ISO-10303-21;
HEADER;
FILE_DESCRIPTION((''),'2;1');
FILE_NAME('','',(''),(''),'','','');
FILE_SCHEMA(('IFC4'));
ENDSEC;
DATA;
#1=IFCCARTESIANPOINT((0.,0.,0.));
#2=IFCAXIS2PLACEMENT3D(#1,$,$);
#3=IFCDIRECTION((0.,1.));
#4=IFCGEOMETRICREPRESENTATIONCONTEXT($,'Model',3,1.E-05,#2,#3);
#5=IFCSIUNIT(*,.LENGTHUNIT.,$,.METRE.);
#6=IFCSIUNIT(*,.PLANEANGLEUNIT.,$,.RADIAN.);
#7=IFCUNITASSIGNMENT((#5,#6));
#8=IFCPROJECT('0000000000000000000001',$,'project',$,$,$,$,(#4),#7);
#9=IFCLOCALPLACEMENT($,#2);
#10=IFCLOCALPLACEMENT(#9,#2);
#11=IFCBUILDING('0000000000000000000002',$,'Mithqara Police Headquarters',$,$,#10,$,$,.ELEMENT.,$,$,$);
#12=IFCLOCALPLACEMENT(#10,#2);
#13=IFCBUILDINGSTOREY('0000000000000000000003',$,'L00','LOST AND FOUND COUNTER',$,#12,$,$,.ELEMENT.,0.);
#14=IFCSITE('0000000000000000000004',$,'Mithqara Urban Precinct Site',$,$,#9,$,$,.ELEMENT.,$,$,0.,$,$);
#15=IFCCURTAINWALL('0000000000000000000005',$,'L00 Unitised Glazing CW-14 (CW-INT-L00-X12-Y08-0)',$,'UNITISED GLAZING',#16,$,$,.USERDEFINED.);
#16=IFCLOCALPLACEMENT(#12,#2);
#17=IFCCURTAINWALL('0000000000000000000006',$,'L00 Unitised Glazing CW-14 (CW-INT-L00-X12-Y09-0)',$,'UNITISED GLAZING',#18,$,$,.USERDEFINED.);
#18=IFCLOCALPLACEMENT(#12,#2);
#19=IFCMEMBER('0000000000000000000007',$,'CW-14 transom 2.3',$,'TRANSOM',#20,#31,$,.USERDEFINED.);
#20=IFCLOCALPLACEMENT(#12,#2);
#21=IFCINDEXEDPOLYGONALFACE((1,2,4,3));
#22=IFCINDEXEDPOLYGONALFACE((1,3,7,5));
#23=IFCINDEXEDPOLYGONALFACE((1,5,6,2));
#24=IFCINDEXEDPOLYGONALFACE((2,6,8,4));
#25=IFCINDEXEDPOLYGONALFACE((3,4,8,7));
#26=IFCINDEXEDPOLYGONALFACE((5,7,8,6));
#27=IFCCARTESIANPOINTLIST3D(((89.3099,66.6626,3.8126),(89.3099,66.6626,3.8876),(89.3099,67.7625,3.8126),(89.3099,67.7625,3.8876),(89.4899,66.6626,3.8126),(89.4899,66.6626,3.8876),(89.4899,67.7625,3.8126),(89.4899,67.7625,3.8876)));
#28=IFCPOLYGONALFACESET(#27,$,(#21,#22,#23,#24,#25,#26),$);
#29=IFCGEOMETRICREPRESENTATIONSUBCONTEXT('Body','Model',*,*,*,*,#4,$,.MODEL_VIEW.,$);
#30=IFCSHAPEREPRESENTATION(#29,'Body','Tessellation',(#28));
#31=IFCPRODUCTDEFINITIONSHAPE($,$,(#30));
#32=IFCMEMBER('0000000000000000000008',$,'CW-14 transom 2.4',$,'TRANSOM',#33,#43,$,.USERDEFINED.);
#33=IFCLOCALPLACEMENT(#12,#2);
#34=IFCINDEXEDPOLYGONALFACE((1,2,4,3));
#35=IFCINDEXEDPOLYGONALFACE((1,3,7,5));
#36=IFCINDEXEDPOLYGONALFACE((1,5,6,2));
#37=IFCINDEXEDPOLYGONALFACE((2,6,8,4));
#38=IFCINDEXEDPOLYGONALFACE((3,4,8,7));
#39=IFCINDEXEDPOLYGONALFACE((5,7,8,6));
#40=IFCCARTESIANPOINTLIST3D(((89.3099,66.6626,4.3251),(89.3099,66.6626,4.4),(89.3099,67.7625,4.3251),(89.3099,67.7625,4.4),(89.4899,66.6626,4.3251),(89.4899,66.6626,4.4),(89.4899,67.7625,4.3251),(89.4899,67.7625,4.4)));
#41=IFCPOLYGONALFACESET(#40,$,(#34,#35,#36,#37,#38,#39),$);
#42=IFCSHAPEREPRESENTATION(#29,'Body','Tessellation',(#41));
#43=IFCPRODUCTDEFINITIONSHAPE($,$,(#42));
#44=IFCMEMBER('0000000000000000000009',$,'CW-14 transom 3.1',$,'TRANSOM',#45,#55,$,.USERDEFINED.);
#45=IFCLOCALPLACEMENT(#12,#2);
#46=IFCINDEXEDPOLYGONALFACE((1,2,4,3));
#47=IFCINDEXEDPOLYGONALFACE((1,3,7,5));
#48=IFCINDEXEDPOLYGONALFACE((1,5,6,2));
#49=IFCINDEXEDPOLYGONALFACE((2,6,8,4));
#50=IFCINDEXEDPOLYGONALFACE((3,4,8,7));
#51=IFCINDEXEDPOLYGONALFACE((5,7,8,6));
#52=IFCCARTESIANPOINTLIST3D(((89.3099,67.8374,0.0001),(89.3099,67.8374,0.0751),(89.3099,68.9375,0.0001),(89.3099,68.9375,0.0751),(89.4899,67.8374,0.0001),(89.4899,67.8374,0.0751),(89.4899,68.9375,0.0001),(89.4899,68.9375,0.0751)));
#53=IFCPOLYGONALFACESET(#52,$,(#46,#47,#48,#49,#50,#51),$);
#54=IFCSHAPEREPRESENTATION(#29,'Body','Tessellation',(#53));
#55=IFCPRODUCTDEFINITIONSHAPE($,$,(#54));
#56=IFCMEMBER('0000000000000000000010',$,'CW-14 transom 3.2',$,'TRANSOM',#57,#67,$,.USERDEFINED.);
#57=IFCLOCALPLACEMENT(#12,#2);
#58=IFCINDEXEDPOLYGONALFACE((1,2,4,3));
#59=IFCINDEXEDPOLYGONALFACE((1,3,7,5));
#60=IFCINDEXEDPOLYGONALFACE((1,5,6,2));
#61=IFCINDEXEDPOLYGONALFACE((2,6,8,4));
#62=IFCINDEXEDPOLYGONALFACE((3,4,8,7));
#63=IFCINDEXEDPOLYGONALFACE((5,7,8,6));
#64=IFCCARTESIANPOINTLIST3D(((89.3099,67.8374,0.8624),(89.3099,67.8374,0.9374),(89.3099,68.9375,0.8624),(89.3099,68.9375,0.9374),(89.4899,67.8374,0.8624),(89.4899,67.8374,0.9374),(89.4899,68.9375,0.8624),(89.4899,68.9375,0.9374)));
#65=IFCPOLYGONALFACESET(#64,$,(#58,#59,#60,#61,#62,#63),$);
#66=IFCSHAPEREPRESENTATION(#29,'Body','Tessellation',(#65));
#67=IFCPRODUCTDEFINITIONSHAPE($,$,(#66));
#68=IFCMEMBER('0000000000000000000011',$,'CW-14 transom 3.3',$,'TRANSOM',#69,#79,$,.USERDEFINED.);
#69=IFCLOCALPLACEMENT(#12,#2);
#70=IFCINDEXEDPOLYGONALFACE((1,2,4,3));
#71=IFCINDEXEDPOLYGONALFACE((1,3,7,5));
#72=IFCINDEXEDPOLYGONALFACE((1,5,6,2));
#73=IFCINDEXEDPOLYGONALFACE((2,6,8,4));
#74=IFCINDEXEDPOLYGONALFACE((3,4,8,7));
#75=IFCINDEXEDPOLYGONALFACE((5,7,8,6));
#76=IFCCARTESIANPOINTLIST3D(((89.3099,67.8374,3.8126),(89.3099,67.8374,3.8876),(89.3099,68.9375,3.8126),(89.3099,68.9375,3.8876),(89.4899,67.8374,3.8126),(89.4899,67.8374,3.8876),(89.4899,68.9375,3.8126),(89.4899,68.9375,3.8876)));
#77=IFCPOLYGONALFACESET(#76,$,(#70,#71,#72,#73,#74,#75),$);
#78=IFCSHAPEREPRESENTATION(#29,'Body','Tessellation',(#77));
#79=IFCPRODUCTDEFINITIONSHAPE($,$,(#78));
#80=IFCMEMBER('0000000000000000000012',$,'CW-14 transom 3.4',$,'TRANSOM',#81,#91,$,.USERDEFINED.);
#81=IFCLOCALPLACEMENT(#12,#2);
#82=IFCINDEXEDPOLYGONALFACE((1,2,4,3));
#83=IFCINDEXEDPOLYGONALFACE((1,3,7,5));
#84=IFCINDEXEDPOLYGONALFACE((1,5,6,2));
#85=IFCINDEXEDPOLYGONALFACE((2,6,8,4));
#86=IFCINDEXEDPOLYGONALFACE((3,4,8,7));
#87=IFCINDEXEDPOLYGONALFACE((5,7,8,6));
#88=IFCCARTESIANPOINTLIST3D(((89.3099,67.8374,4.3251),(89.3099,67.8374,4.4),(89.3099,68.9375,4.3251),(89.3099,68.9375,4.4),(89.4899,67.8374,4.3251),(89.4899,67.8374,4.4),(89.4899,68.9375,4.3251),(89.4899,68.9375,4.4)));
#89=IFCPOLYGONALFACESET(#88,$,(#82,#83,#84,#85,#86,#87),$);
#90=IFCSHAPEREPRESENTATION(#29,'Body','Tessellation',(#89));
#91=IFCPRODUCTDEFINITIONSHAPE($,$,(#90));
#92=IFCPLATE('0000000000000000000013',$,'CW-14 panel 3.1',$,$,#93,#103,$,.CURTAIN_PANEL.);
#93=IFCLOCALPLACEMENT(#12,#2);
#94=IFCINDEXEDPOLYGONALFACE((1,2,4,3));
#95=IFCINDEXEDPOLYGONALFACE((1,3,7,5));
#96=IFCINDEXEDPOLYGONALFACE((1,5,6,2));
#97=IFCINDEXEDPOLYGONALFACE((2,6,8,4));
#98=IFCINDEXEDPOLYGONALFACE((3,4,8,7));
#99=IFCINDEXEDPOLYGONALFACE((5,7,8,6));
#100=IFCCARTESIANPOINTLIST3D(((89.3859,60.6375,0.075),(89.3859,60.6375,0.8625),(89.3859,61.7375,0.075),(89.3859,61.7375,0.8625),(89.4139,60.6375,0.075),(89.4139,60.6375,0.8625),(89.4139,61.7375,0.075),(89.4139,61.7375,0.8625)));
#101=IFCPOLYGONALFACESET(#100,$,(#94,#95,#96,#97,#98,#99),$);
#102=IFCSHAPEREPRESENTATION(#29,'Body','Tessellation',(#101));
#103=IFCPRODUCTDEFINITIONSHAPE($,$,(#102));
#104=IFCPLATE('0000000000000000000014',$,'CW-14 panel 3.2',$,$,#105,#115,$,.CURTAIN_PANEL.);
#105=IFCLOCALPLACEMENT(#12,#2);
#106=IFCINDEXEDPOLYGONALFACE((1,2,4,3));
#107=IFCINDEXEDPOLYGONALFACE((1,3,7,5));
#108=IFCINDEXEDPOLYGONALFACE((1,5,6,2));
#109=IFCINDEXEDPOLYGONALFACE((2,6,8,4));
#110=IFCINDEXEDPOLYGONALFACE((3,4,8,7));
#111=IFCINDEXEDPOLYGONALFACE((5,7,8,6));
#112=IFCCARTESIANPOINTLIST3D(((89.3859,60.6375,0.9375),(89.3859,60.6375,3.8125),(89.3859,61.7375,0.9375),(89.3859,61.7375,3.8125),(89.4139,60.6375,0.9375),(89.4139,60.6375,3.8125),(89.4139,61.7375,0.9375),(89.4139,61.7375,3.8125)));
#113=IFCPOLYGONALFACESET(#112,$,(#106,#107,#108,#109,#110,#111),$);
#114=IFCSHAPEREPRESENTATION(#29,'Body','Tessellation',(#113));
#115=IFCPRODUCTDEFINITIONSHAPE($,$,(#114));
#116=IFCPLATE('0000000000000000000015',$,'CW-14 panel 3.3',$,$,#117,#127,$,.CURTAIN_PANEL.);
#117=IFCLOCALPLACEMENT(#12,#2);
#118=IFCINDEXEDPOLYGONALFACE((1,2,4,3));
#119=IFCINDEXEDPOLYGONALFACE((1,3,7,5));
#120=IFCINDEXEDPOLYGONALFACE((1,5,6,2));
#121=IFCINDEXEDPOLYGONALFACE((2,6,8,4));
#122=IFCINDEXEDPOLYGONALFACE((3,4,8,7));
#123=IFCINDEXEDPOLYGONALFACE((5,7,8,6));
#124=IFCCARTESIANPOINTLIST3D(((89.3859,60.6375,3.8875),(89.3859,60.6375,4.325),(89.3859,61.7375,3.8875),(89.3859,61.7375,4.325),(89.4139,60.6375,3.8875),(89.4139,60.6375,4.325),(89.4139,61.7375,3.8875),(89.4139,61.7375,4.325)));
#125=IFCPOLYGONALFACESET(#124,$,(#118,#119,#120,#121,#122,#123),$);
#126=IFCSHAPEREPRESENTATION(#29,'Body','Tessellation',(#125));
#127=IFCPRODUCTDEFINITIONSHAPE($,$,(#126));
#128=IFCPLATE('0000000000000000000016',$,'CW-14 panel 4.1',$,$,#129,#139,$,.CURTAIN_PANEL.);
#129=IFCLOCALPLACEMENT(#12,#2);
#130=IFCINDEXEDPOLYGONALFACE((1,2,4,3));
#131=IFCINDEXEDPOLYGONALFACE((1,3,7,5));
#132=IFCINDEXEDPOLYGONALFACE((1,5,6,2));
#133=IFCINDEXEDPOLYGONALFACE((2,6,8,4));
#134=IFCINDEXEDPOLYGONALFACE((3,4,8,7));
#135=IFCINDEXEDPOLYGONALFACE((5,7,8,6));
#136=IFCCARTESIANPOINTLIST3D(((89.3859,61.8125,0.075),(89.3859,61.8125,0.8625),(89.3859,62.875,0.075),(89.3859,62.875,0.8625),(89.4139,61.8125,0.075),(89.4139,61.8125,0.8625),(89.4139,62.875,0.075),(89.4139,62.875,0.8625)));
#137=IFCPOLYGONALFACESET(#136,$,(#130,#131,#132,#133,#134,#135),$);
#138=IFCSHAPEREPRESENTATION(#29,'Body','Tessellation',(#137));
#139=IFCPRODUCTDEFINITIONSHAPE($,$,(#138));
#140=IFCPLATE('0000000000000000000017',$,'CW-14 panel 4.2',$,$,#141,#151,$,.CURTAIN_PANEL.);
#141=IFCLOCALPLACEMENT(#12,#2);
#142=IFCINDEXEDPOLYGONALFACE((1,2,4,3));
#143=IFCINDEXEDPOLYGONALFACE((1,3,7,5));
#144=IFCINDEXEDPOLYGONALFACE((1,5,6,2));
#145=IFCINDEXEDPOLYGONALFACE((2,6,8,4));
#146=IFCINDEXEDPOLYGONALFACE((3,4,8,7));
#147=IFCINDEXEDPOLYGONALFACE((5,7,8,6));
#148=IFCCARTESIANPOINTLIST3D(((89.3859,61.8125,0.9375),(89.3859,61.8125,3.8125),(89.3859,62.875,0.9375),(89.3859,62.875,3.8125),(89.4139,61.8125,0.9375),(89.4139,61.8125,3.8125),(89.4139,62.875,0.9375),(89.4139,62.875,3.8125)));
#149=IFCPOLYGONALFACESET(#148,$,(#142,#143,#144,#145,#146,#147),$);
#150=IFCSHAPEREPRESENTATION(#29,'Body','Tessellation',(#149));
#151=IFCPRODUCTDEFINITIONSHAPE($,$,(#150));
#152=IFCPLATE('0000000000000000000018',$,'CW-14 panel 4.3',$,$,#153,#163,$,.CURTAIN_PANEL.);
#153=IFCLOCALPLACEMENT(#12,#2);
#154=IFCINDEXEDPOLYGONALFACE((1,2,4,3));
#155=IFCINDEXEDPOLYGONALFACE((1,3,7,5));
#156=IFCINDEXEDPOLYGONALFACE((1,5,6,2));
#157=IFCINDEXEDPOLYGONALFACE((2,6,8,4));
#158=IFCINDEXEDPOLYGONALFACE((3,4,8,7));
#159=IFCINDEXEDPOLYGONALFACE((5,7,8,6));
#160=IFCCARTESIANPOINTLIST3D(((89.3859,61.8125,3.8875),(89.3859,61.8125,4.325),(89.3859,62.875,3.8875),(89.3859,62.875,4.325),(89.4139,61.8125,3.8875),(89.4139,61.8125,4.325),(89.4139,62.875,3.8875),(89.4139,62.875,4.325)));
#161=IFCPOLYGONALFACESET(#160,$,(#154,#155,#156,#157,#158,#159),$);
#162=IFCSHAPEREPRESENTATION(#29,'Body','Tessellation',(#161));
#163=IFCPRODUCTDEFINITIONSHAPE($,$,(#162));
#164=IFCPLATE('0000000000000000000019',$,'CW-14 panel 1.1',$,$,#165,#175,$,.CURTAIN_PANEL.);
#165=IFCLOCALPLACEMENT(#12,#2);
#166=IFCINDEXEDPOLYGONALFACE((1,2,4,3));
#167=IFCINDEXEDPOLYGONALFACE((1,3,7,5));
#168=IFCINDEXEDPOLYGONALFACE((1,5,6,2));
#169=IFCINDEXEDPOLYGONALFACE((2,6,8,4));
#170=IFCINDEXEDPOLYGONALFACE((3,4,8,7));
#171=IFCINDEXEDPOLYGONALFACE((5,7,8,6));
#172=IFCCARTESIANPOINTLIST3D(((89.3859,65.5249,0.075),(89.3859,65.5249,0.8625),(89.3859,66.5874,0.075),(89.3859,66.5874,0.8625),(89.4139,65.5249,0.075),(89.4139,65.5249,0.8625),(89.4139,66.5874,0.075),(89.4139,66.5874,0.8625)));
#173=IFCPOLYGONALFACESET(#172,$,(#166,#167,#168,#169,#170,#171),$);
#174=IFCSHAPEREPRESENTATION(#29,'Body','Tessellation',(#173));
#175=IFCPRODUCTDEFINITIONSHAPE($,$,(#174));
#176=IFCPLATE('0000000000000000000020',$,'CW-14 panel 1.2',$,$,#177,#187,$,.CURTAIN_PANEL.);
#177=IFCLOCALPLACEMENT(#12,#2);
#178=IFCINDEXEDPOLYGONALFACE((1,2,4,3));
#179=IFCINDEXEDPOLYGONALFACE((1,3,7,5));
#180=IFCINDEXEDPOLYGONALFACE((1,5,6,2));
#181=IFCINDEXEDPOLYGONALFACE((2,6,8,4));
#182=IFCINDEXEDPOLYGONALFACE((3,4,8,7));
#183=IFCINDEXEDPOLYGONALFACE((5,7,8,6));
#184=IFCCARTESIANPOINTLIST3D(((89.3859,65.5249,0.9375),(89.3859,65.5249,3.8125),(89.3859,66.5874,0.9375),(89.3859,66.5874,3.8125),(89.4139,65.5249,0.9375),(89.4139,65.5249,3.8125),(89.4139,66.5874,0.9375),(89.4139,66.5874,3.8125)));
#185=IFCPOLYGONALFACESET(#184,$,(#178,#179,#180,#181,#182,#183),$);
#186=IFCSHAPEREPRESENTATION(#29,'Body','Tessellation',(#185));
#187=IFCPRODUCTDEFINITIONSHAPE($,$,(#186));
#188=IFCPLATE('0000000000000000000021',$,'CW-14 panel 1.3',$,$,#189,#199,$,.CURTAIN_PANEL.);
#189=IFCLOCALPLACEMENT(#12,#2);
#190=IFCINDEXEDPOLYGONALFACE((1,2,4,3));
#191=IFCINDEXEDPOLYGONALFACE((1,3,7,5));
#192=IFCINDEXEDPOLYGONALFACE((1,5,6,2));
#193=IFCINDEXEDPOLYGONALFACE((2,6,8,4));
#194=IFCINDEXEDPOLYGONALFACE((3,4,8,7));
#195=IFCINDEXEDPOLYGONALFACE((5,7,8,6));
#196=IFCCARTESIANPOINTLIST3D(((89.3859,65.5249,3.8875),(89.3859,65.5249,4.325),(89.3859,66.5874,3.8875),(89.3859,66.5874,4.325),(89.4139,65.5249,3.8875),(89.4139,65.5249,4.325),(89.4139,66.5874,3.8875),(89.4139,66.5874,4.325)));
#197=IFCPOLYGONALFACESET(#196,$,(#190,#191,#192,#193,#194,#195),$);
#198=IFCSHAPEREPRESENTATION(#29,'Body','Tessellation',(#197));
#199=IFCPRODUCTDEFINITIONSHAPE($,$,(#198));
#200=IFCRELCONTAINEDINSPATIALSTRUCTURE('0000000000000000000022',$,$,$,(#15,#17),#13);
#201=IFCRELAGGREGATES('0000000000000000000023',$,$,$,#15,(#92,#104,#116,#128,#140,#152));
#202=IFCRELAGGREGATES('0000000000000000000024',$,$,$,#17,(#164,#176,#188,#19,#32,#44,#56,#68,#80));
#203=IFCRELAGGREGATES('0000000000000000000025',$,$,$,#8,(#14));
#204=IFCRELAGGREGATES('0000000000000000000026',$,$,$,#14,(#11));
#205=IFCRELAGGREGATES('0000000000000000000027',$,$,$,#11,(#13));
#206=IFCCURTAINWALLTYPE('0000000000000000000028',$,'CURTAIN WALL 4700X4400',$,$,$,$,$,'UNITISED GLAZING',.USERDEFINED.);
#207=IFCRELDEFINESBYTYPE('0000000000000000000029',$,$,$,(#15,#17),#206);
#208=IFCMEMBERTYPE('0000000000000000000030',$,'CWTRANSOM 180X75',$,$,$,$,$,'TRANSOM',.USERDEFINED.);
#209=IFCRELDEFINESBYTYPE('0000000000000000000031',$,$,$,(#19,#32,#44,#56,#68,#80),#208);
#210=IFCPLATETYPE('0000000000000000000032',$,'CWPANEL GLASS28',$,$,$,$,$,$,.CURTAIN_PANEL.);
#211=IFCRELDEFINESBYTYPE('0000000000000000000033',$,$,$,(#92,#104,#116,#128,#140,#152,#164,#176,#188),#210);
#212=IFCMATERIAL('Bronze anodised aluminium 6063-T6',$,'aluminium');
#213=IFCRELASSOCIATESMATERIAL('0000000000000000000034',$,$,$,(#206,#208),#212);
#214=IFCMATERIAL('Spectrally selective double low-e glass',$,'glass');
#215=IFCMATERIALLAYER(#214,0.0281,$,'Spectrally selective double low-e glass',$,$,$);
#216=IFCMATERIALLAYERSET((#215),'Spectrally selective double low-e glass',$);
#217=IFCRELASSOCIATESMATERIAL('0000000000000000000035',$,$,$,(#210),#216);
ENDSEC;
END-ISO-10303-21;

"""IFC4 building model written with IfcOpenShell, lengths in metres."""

from ifc_helpers import new_model, si_unit, direction, frame, origin, origin_2d, place, context, subcontext, project, spatial, rectangle, extrude, material, layer, layer_set, material_profile, profile_set, type_object, element, aggregate, save


model = new_model("IFC4")

# Units and contexts
model_context = context("Model", 3, precision=1e-05, world=origin(), true_north=direction((0.0, 1.0)))
body_context = subcontext(model_context, "Body", "Model", "MODEL_VIEW")
ifc_project = project(units=[si_unit("LENGTHUNIT", "METRE"), si_unit("PLANEANGLEUNIT", "RADIAN")], contexts=[model_context])

# Site, building, storey
site_placement = place(None, origin())
site = spatial("IfcSite", under=ifc_project, at=site_placement, Name="Mithqara Urban Precinct Site", CompositionType="ELEMENT", RefElevation=0.0)
building_placement = place(site_placement, origin())
building = spatial("IfcBuilding", under=site, at=building_placement, Name="Mithqara Police Headquarters", CompositionType="ELEMENT")
storey_placement = place(building_placement, origin())
storey = spatial("IfcBuildingStorey", under=building, at=storey_placement, Name="L00", Description="LOST AND FOUND COUNTER", CompositionType="ELEMENT", Elevation=0.0)

# Curtain walls
ifc_material_1 = material(Name="Bronze anodised aluminium 6063-T6", Category="aluminium")
curtain_wall_type = type_object("IfcCurtainWallType", Name="CURTAIN WALL 4700X4400", ElementType="UNITISED GLAZING", PredefinedType="USERDEFINED", material=ifc_material_1)
curtain_wall_1_placement = place(storey_placement, origin())
curtain_wall_1 = element("IfcCurtainWall", 1, at=curtain_wall_1_placement, inside=storey, type_object=curtain_wall_type, Name="L00 Unitised Glazing CW-14 (CW-INT-L00-X12-Y08-0)", ObjectType="UNITISED GLAZING", PredefinedType="USERDEFINED")
curtain_wall_2_placement = place(storey_placement, origin())
curtain_wall_2 = element("IfcCurtainWall", 2, at=curtain_wall_2_placement, inside=storey, type_object=curtain_wall_type, Name="L00 Unitised Glazing CW-14 (CW-INT-L00-X12-Y09-0)", ObjectType="UNITISED GLAZING", PredefinedType="USERDEFINED")

# Members
ifc_material_profile_1 = material_profile(ifc_material_1, rectangle(XDim=0.1799, YDim=0.075, at=origin_2d()), Name="CWT 180x75")
ifc_profile_set_1 = profile_set([ifc_material_profile_1], Name="Bronze anodised aluminium 6063-T6")
member_type_1 = type_object("IfcMemberType", Name="CWTRANSOM 180X75", ElementType="TRANSOM", PredefinedType="USERDEFINED", material=ifc_profile_set_1)
member_1_placement = place(storey_placement, frame((89.3999, 66.6626, 3.8501), z_axis=(0.0, 1.0, 0.0), x_axis=(-1.0, 0.0, 0.0)))
member_1 = element("IfcMember", 3, at=member_1_placement, type_object=member_type_1, Name="CW-14 transom 2.3", ObjectType="TRANSOM", PredefinedType="USERDEFINED", context=body_context, shape_type="SweptSolid", body=[
    extrude(rectangle(XDim=0.1799, YDim=0.075, at=origin_2d()), origin(), (0.0, 0.0, 1.0), 1.0999),
])
member_2_placement = place(storey_placement, frame((89.3999, 66.6626, 4.3625), z_axis=(0.0, 1.0, 0.0), x_axis=(-1.0, 0.0, 0.0)))
member_2 = element("IfcMember", 4, at=member_2_placement, type_object=member_type_1, Name="CW-14 transom 2.4", ObjectType="TRANSOM", PredefinedType="USERDEFINED", context=body_context, shape_type="SweptSolid", body=[
    extrude(rectangle(XDim=0.1799, YDim=0.075, at=origin_2d()), origin(), (0.0, 0.0, 1.0), 1.0999),
])
member_3_placement = place(storey_placement, frame((89.3999, 67.8374, 0.0376), z_axis=(0.0, 1.0, 0.0), x_axis=(-1.0, 0.0, 0.0)))
member_3 = element("IfcMember", 5, at=member_3_placement, type_object=member_type_1, Name="CW-14 transom 3.1", ObjectType="TRANSOM", PredefinedType="USERDEFINED", context=body_context, shape_type="SweptSolid", body=[
    extrude(rectangle(XDim=0.1799, YDim=0.075, at=origin_2d()), origin(), (0.0, 0.0, 1.0), 1.1001),
])
member_4_placement = place(storey_placement, frame((89.3999, 67.8374, 0.8999), z_axis=(0.0, 1.0, 0.0), x_axis=(-1.0, 0.0, 0.0)))
member_4 = element("IfcMember", 6, at=member_4_placement, type_object=member_type_1, Name="CW-14 transom 3.2", ObjectType="TRANSOM", PredefinedType="USERDEFINED", context=body_context, shape_type="SweptSolid", body=[
    extrude(rectangle(XDim=0.1799, YDim=0.075, at=origin_2d()), origin(), (0.0, 0.0, 1.0), 1.1001),
])
member_5_placement = place(storey_placement, frame((89.3999, 67.8374, 3.8501), z_axis=(0.0, 1.0, 0.0), x_axis=(-1.0, 0.0, 0.0)))
member_5 = element("IfcMember", 7, at=member_5_placement, type_object=member_type_1, Name="CW-14 transom 3.3", ObjectType="TRANSOM", PredefinedType="USERDEFINED", context=body_context, shape_type="SweptSolid", body=[
    extrude(rectangle(XDim=0.1799, YDim=0.075, at=origin_2d()), origin(), (0.0, 0.0, 1.0), 1.1001),
])
member_6_placement = place(storey_placement, frame((89.3999, 67.8374, 4.3625), z_axis=(0.0, 1.0, 0.0), x_axis=(-1.0, 0.0, 0.0)))
member_6 = element("IfcMember", 8, at=member_6_placement, type_object=member_type_1, Name="CW-14 transom 3.4", ObjectType="TRANSOM", PredefinedType="USERDEFINED", context=body_context, shape_type="SweptSolid", body=[
    extrude(rectangle(XDim=0.1799, YDim=0.075, at=origin_2d()), origin(), (0.0, 0.0, 1.0), 1.1001),
])

# Plates
ifc_material_2 = material(Name="Spectrally selective double low-e glass", Category="glass")
ifc_layer = layer(ifc_material_2, 0.0281, Name="Spectrally selective double low-e glass")
ifc_layer_set = layer_set([ifc_layer], Name="Spectrally selective double low-e glass")
plate_type = type_object("IfcPlateType", Name="CWPANEL GLASS28", PredefinedType="CURTAIN_PANEL", material=ifc_layer_set)
plate_1_placement = place(storey_placement, frame((89.3999, 61.1875, 0.075), z_axis=(0.0, 0.0, 1.0), x_axis=(0.0, 1.0, 0.0)))
plate_1 = element("IfcPlate", 9, at=plate_1_placement, type_object=plate_type, Name="CW-14 panel 3.1", PredefinedType="CURTAIN_PANEL", context=body_context, shape_type="SweptSolid", body=[
    extrude(rectangle(XDim=1.1001, YDim=0.0281, at=origin_2d()), origin(), (0.0, 0.0, 1.0), 0.7876),
])
plate_2_placement = place(storey_placement, frame((89.3999, 61.1875, 0.9375), z_axis=(0.0, 0.0, 1.0), x_axis=(0.0, 1.0, 0.0)))
plate_2 = element("IfcPlate", 10, at=plate_2_placement, type_object=plate_type, Name="CW-14 panel 3.2", PredefinedType="CURTAIN_PANEL", context=body_context, shape_type="SweptSolid", body=[
    extrude(rectangle(XDim=1.1001, YDim=0.0281, at=origin_2d()), origin(), (0.0, 0.0, 1.0), 2.875),
])
plate_3_placement = place(storey_placement, frame((89.3999, 61.1875, 3.8875), z_axis=(0.0, 0.0, 1.0), x_axis=(0.0, 1.0, 0.0)))
plate_3 = element("IfcPlate", 11, at=plate_3_placement, type_object=plate_type, Name="CW-14 panel 3.3", PredefinedType="CURTAIN_PANEL", context=body_context, shape_type="SweptSolid", body=[
    extrude(rectangle(XDim=1.1001, YDim=0.0281, at=origin_2d()), origin(), (0.0, 0.0, 1.0), 0.4375),
])
plate_4_placement = place(storey_placement, frame((89.3999, 62.3438, 0.075), z_axis=(0.0, 0.0, 1.0), x_axis=(0.0, 1.0, 0.0)))
plate_4 = element("IfcPlate", 12, at=plate_4_placement, type_object=plate_type, Name="CW-14 panel 4.1", PredefinedType="CURTAIN_PANEL", context=body_context, shape_type="SweptSolid", body=[
    extrude(rectangle(XDim=1.0625, YDim=0.0281, at=origin_2d()), origin(), (0.0, 0.0, 1.0), 0.7876),
])
plate_5_placement = place(storey_placement, frame((89.3999, 62.3438, 0.9375), z_axis=(0.0, 0.0, 1.0), x_axis=(0.0, 1.0, 0.0)))
plate_5 = element("IfcPlate", 13, at=plate_5_placement, type_object=plate_type, Name="CW-14 panel 4.2", PredefinedType="CURTAIN_PANEL", context=body_context, shape_type="SweptSolid", body=[
    extrude(rectangle(XDim=1.0625, YDim=0.0281, at=origin_2d()), origin(), (0.0, 0.0, 1.0), 2.875),
])
plate_6_placement = place(storey_placement, frame((89.3999, 62.3438, 3.8875), z_axis=(0.0, 0.0, 1.0), x_axis=(0.0, 1.0, 0.0)))
plate_6 = element("IfcPlate", 14, at=plate_6_placement, type_object=plate_type, Name="CW-14 panel 4.3", PredefinedType="CURTAIN_PANEL", context=body_context, shape_type="SweptSolid", body=[
    extrude(rectangle(XDim=1.0625, YDim=0.0281, at=origin_2d()), origin(), (0.0, 0.0, 1.0), 0.4375),
])
aggregate(curtain_wall_1, [plate_1, plate_2, plate_3, plate_4, plate_5, plate_6])
plate_7_placement = place(storey_placement, frame((89.3999, 66.0562, 0.075), z_axis=(0.0, 0.0, 1.0), x_axis=(0.0, 1.0, 0.0)))
plate_7 = element("IfcPlate", 15, at=plate_7_placement, type_object=plate_type, Name="CW-14 panel 1.1", PredefinedType="CURTAIN_PANEL", context=body_context, shape_type="SweptSolid", body=[
    extrude(rectangle(XDim=1.0625, YDim=0.0281, at=origin_2d()), origin(), (0.0, 0.0, 1.0), 0.7876),
])
plate_8_placement = place(storey_placement, frame((89.3999, 66.0562, 0.9375), z_axis=(0.0, 0.0, 1.0), x_axis=(0.0, 1.0, 0.0)))
plate_8 = element("IfcPlate", 16, at=plate_8_placement, type_object=plate_type, Name="CW-14 panel 1.2", PredefinedType="CURTAIN_PANEL", context=body_context, shape_type="SweptSolid", body=[
    extrude(rectangle(XDim=1.0625, YDim=0.0281, at=origin_2d()), origin(), (0.0, 0.0, 1.0), 2.875),
])
plate_9_placement = place(storey_placement, frame((89.3999, 66.0562, 3.8875), z_axis=(0.0, 0.0, 1.0), x_axis=(0.0, 1.0, 0.0)))
plate_9 = element("IfcPlate", 17, at=plate_9_placement, type_object=plate_type, Name="CW-14 panel 1.3", PredefinedType="CURTAIN_PANEL", context=body_context, shape_type="SweptSolid", body=[
    extrude(rectangle(XDim=1.0625, YDim=0.0281, at=origin_2d()), origin(), (0.0, 0.0, 1.0), 0.4375),
])
aggregate(curtain_wall_2, [plate_7, plate_8, plate_9, member_1, member_2, member_3, member_4, member_5, member_6])

save(model, "model.ifc")
